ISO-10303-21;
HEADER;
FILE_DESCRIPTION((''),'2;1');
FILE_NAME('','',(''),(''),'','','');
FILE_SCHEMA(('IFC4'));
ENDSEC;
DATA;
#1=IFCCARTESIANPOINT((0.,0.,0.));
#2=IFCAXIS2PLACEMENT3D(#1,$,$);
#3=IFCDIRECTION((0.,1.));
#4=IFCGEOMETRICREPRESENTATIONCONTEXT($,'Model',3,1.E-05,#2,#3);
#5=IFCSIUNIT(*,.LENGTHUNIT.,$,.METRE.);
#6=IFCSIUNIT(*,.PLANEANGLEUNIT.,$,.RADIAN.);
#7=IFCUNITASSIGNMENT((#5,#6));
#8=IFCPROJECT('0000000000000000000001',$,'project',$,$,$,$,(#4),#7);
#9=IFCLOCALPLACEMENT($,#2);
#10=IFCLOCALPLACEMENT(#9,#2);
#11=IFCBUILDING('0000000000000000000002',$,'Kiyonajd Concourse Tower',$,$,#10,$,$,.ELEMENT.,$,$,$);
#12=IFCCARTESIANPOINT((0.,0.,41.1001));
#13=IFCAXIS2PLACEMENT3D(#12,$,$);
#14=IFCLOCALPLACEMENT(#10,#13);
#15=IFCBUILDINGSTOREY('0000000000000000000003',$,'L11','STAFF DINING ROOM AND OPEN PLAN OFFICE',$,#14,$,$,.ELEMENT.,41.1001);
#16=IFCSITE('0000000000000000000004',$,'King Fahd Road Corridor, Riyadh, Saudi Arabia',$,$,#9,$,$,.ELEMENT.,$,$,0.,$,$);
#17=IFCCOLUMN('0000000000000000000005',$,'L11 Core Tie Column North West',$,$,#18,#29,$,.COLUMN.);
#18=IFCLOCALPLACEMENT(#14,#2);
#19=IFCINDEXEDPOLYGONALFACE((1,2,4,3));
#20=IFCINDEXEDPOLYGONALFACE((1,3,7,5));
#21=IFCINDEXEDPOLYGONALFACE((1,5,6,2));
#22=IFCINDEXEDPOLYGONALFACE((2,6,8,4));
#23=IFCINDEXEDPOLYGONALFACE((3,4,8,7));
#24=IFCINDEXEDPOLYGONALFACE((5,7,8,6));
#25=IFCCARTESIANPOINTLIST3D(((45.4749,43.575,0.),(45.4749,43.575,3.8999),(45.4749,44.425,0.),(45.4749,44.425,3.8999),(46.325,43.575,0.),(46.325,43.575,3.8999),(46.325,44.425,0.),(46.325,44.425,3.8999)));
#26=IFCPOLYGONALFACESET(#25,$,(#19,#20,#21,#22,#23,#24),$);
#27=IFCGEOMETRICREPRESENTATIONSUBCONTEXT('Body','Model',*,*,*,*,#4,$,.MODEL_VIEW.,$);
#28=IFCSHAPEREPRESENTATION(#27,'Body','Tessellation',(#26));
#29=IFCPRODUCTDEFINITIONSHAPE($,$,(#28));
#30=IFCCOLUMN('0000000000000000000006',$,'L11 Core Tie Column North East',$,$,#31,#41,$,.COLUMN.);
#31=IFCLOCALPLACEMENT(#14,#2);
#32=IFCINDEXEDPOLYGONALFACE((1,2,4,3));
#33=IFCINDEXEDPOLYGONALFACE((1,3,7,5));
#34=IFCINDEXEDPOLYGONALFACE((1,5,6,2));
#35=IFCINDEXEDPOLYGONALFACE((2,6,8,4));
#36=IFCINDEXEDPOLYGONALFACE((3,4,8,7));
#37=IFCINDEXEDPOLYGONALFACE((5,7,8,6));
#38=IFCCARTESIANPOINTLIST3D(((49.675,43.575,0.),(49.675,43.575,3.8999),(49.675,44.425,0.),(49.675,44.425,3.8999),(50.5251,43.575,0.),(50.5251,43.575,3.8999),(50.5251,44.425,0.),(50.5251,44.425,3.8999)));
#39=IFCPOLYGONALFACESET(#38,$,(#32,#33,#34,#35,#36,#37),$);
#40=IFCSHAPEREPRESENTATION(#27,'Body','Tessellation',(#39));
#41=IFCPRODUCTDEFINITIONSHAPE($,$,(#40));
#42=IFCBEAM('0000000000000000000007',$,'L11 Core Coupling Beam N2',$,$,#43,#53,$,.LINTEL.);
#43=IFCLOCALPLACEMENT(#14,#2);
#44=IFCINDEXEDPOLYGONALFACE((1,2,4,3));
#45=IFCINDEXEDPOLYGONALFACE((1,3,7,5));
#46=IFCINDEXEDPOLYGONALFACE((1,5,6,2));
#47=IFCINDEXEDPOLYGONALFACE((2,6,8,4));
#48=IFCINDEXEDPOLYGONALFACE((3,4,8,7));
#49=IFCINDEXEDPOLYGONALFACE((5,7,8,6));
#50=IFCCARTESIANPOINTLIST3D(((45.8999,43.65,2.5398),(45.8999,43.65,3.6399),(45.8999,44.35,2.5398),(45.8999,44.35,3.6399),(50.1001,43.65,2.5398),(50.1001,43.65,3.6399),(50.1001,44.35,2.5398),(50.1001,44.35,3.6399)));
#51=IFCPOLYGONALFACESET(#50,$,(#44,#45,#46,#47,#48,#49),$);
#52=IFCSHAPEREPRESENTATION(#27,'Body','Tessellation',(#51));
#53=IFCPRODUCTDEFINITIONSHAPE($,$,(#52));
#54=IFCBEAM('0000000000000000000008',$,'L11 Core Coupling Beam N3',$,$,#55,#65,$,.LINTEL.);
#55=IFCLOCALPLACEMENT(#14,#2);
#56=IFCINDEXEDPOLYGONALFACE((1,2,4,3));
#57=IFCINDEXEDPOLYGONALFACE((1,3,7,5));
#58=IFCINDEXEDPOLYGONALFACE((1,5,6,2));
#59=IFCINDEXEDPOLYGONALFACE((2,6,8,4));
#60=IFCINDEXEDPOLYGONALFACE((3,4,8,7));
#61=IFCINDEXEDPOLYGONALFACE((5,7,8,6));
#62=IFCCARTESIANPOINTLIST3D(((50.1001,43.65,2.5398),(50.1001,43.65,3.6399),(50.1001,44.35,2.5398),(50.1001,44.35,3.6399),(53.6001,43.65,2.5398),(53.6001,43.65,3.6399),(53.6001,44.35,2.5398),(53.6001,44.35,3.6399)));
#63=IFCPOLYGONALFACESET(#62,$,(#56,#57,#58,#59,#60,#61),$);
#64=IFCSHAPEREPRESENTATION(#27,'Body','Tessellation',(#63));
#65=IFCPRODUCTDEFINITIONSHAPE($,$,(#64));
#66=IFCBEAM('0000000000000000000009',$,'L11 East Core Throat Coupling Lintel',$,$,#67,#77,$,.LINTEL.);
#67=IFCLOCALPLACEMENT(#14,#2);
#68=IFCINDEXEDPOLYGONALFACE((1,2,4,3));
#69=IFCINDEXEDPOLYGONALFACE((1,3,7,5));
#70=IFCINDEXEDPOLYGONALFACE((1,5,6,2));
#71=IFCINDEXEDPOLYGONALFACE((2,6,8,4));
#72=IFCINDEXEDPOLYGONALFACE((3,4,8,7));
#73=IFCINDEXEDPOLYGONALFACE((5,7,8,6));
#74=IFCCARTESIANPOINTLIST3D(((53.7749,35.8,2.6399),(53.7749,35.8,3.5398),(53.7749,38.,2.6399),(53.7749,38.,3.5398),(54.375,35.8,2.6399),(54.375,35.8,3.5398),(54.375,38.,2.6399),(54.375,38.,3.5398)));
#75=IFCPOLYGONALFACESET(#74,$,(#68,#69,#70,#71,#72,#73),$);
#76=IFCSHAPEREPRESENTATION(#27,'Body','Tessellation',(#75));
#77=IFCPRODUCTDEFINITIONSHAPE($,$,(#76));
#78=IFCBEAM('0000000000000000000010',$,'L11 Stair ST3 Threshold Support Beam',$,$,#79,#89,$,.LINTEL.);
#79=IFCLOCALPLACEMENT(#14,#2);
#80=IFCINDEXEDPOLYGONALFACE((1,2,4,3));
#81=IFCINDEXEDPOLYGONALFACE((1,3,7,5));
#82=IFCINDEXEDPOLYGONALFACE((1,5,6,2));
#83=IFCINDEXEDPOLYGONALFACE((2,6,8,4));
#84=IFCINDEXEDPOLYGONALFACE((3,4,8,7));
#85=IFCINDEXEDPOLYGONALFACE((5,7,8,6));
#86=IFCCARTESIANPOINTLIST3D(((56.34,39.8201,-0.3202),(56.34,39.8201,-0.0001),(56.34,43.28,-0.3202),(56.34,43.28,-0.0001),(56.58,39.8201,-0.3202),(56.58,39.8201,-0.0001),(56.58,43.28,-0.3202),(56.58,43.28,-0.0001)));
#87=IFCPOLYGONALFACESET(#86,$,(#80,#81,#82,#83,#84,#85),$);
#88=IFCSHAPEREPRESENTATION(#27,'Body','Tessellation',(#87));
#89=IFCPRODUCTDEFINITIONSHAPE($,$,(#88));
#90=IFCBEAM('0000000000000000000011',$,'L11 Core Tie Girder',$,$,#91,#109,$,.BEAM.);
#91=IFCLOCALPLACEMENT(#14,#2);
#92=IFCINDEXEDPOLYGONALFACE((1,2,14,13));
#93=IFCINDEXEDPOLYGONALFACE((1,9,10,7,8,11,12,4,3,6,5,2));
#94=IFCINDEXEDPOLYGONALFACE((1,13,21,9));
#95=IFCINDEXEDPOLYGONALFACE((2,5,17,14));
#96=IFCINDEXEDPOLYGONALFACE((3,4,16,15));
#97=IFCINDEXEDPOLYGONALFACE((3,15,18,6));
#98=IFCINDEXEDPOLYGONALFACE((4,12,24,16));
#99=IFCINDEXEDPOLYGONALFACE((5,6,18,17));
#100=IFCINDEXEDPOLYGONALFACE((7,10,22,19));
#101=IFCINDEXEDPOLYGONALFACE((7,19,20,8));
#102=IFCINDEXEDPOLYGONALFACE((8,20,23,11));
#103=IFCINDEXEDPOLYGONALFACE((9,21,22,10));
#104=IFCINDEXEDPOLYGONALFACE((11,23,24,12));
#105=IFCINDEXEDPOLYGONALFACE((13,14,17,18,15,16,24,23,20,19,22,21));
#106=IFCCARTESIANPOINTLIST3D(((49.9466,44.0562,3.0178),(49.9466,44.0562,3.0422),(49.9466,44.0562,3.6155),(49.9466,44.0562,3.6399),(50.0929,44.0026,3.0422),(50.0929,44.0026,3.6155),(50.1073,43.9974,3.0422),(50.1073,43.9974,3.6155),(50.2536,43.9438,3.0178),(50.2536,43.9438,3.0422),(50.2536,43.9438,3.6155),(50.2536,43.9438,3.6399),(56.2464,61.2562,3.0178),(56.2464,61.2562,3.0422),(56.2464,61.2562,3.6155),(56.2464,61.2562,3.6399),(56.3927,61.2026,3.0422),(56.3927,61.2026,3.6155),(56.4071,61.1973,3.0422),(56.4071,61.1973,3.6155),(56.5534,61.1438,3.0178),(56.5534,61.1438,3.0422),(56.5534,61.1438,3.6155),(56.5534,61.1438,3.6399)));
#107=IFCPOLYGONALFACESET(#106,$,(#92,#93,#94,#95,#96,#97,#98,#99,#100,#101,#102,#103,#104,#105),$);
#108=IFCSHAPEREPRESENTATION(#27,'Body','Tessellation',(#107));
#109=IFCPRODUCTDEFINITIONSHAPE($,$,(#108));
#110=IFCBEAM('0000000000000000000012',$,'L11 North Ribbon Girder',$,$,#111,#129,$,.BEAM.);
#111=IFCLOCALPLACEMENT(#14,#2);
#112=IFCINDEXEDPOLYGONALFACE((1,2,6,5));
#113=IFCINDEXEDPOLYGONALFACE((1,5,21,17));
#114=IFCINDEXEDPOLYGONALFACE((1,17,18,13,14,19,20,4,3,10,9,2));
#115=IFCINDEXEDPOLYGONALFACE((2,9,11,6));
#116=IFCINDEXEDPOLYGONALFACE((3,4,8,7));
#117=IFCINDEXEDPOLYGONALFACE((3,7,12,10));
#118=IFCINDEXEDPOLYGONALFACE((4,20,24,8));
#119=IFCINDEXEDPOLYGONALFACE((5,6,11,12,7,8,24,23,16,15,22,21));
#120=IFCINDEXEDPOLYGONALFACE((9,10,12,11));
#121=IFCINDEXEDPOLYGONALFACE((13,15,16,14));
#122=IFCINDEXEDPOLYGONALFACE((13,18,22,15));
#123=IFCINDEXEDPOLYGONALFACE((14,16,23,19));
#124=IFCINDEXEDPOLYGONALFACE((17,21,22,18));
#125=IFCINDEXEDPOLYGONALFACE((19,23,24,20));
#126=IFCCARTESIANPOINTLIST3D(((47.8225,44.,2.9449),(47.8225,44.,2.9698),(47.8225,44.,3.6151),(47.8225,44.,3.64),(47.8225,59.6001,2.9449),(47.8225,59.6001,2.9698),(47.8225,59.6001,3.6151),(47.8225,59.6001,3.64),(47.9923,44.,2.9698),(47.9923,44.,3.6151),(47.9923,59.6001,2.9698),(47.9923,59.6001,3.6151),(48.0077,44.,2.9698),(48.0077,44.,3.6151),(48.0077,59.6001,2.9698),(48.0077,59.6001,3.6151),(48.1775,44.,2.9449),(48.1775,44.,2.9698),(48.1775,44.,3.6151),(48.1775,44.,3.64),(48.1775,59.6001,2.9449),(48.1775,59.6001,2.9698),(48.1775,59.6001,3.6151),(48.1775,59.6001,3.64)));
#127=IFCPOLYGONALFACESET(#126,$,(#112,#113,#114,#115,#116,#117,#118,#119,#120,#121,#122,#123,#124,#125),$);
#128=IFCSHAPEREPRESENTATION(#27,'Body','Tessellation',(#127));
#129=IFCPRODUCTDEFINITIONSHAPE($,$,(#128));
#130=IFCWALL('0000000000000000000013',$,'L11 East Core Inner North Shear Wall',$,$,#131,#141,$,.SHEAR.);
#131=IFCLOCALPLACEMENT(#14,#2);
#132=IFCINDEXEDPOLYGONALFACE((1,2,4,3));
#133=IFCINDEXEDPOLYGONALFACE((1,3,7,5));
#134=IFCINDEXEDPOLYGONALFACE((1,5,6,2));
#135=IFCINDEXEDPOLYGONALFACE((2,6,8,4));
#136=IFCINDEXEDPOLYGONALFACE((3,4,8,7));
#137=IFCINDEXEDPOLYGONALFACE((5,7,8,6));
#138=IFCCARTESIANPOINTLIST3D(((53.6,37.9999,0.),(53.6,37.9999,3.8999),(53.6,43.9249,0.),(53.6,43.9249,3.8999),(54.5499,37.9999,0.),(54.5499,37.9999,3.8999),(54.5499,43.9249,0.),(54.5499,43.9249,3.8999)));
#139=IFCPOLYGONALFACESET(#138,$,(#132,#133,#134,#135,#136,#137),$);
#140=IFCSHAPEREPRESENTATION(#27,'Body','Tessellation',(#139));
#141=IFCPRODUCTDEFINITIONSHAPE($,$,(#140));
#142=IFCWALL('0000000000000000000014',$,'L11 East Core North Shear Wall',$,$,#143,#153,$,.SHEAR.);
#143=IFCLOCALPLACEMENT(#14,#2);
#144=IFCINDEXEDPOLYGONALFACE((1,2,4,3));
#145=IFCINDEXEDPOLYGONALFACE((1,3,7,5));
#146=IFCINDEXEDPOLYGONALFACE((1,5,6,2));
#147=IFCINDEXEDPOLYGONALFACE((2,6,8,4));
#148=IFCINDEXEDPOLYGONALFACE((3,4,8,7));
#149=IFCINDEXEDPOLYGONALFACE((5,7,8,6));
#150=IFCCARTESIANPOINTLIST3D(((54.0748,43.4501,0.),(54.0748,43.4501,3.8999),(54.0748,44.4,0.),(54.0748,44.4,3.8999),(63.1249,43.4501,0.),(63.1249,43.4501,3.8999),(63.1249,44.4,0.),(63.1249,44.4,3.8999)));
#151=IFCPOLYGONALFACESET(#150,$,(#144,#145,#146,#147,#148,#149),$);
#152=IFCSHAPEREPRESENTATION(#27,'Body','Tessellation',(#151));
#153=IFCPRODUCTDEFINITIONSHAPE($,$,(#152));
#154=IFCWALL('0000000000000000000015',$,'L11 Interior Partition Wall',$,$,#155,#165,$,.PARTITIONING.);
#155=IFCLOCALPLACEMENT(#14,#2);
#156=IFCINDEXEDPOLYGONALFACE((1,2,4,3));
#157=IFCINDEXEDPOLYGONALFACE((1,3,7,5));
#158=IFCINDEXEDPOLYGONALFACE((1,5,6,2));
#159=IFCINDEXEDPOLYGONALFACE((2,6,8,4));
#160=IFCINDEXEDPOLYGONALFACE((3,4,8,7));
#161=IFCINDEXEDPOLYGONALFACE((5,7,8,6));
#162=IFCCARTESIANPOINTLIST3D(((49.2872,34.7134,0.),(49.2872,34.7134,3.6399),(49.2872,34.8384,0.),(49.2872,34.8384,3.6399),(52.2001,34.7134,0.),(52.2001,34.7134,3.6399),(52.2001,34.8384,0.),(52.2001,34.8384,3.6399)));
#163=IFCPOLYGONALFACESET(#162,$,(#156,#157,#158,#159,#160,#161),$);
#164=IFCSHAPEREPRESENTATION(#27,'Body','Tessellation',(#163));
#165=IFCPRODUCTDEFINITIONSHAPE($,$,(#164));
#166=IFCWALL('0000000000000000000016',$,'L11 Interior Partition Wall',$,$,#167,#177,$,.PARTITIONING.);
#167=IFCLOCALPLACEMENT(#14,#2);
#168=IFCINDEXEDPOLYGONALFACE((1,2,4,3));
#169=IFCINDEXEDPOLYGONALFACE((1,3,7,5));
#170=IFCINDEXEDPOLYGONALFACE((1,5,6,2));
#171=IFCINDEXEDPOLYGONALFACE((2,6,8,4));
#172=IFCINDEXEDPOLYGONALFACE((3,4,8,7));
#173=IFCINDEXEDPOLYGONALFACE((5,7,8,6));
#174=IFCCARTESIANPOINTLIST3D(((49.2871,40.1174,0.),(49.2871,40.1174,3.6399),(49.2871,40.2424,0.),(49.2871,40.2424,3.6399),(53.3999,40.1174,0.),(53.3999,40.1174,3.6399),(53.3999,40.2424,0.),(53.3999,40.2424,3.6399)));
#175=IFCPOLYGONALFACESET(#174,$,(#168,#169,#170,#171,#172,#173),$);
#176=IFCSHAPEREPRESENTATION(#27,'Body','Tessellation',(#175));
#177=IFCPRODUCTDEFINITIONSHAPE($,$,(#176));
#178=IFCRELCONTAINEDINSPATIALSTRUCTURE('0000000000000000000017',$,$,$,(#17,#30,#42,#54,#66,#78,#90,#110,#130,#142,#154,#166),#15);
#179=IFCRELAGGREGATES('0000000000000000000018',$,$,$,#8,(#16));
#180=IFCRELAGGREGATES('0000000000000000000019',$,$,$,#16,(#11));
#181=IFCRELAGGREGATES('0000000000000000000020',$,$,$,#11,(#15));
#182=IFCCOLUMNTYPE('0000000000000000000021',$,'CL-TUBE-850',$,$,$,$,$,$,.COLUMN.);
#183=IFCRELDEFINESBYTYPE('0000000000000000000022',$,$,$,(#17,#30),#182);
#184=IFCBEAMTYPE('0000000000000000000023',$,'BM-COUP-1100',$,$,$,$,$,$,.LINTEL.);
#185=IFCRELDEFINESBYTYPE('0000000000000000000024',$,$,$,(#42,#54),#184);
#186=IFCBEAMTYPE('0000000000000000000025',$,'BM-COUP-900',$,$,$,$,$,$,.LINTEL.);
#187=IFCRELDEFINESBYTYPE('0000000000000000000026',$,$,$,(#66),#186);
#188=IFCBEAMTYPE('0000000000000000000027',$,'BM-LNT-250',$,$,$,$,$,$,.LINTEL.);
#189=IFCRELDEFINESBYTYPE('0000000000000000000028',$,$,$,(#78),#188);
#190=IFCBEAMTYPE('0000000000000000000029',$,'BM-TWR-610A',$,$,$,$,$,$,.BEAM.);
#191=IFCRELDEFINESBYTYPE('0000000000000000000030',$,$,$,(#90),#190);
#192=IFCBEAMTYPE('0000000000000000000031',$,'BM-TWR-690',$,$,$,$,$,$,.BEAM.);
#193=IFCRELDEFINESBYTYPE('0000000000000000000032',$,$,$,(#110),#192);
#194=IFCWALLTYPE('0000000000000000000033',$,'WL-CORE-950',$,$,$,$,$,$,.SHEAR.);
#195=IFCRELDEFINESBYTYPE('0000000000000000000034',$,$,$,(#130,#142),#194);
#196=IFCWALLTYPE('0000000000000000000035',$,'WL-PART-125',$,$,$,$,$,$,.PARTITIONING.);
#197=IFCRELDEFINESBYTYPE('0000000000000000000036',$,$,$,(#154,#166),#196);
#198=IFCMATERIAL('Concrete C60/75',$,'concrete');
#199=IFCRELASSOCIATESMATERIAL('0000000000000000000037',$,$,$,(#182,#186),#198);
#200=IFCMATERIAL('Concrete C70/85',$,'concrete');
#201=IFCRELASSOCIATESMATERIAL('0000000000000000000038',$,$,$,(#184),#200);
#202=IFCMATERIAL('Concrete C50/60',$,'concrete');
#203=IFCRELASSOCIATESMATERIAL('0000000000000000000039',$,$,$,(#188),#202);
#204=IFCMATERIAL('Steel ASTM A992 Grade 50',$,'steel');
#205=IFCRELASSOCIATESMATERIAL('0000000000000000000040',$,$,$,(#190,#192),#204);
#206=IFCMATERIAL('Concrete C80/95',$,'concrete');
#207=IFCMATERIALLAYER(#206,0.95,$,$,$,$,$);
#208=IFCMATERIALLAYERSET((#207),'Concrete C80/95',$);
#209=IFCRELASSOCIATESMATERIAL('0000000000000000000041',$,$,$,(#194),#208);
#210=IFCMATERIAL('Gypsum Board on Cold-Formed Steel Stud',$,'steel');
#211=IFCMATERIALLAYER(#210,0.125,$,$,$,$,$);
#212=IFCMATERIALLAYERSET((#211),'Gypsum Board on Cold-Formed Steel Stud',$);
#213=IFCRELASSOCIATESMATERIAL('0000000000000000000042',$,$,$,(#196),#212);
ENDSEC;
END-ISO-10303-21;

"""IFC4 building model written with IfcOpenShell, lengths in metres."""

from ifc_helpers import new_model, si_unit, direction, frame, frame_2d, origin, origin_2d, place, context, subcontext, project, spatial, rectangle, i_section, extrude, material, layer, layer_set, material_profile, profile_set, type_object, element, save


model = new_model("IFC4")

# Units and contexts
model_context = context("Model", 3, precision=1e-05, world=origin(), true_north=direction((0.0, 1.0)))
body_context = subcontext(model_context, "Body", "Model", "MODEL_VIEW")
ifc_project = project(units=[si_unit("LENGTHUNIT", "METRE"), si_unit("PLANEANGLEUNIT", "RADIAN")], contexts=[model_context])

# Site, building, storey
site_placement = place(None, origin())
site = spatial("IfcSite", under=ifc_project, at=site_placement, Name="King Fahd Road Corridor, Riyadh, Saudi Arabia", CompositionType="ELEMENT", RefElevation=0.0)
building_placement = place(site_placement, origin())
building = spatial("IfcBuilding", under=site, at=building_placement, Name="Kiyonajd Concourse Tower", CompositionType="ELEMENT")
storey_placement = place(building_placement, frame((0.0, 0.0, 41.1001)))
storey = spatial("IfcBuildingStorey", under=building, at=storey_placement, Name="L11", Description="STAFF DINING ROOM AND OPEN PLAN OFFICE", CompositionType="ELEMENT", Elevation=41.1001)

# Columns
ifc_material_1 = material(Name="Concrete C60/75", Category="concrete")
ifc_material_profile_1 = material_profile(ifc_material_1, rectangle(XDim=0.8501, YDim=0.8501, at=origin_2d()), Name="RC-850x850")
ifc_profile_set_1 = profile_set([ifc_material_profile_1], Name="Concrete C60/75")
column_type = type_object("IfcColumnType", Name="CL-TUBE-850", PredefinedType="COLUMN", material=ifc_profile_set_1)
for number, where, z_axis, x_axis, name in (
    (1, (45.8999, 44.0, 0.0), (0.0, 0.0, 1.0), (1.0, 0.0, 0.0), "L11 Core Tie Column North West"),
    (2, (50.1001, 44.0, 0.0), (0.0, 0.0, 1.0), (1.0, 0.0, 0.0), "L11 Core Tie Column North East"),
):
    element("IfcColumn", number, at=place(storey_placement, frame(where, z_axis=z_axis, x_axis=x_axis)), inside=storey, type_object=column_type, Name=name, PredefinedType="COLUMN", context=body_context, shape_type="SweptSolid", body=[
        extrude(rectangle(XDim=0.8501, YDim=0.8501, at=origin_2d()), origin(), (0.0, 0.0, 1.0), 3.8999),
    ])

# Beams
ifc_material_2 = material(Name="Concrete C70/85", Category="concrete")
ifc_material_profile_2 = material_profile(ifc_material_2, rectangle(XDim=0.7, YDim=1.1001, at=origin_2d()), Name="RCBM-700x1100")
ifc_profile_set_2 = profile_set([ifc_material_profile_2], Name="Concrete C70/85")
beam_type_1 = type_object("IfcBeamType", Name="BM-COUP-1100", PredefinedType="LINTEL", material=ifc_profile_set_2)
beam_1_placement = place(storey_placement, frame((45.8999, 44.0, 3.0898), z_axis=(1.0, 0.0, 0.0), x_axis=(0.0, 1.0, 0.0)))
element("IfcBeam", 3, at=beam_1_placement, inside=storey, type_object=beam_type_1, Name="L11 Core Coupling Beam N2", PredefinedType="LINTEL", context=body_context, shape_type="SweptSolid", body=[
    extrude(rectangle(XDim=0.7, YDim=1.1001, at=origin_2d()), origin(), (0.0, 0.0, 1.0), 4.2002),
])
beam_2_placement = place(storey_placement, frame((50.1001, 44.0, 3.0898), z_axis=(1.0, 0.0, 0.0), x_axis=(0.0, 1.0, 0.0)))
element("IfcBeam", 4, at=beam_2_placement, inside=storey, type_object=beam_type_1, Name="L11 Core Coupling Beam N3", PredefinedType="LINTEL", context=body_context, shape_type="SweptSolid", body=[
    extrude(rectangle(XDim=0.7, YDim=1.1001, at=origin_2d()), origin(), (0.0, 0.0, 1.0), 3.5),
])
ifc_material_profile_3 = material_profile(ifc_material_1, rectangle(XDim=0.6001, YDim=0.8999, at=origin_2d()), Name="RCBM-600x900")
ifc_profile_set_3 = profile_set([ifc_material_profile_3], Name="Concrete C60/75")
beam_type_2 = type_object("IfcBeamType", Name="BM-COUP-900", PredefinedType="LINTEL", material=ifc_profile_set_3)
beam_3_placement = place(storey_placement, frame((54.075, 35.8, 3.0898), z_axis=(0.0, 1.0, 0.0), x_axis=(-1.0, 0.0, 0.0)))
element("IfcBeam", 5, at=beam_3_placement, inside=storey, type_object=beam_type_2, Name="L11 East Core Throat Coupling Lintel", PredefinedType="LINTEL", context=body_context, shape_type="SweptSolid", body=[
    extrude(rectangle(XDim=0.6001, YDim=0.8999, at=origin_2d()), origin(), (0.0, 0.0, 1.0), 2.2),
])
ifc_material_3 = material(Name="Concrete C50/60", Category="concrete")
ifc_material_profile_4 = material_profile(ifc_material_3, rectangle(XDim=0.24, YDim=0.3201, at=origin_2d()), Name="RCBM-240x320")
ifc_profile_set_4 = profile_set([ifc_material_profile_4], Name="Concrete C50/60")
beam_type_3 = type_object("IfcBeamType", Name="BM-LNT-250", PredefinedType="LINTEL", material=ifc_profile_set_4)
beam_4_placement = place(storey_placement, frame((56.46, 39.8201, -0.1602), z_axis=(0.0, 1.0, 0.0), x_axis=(-1.0, 0.0, 0.0)))
element("IfcBeam", 6, at=beam_4_placement, inside=storey, type_object=beam_type_3, Name="L11 Stair ST3 Threshold Support Beam", PredefinedType="LINTEL", context=body_context, shape_type="SweptSolid", body=[
    extrude(rectangle(XDim=0.24, YDim=0.3201, at=origin_2d()), origin(), (0.0, 0.0, 1.0), 3.46),
])
ifc_material_4 = material(Name="Steel ASTM A992 Grade 50", Category="steel")
ifc_material_profile_5 = material_profile(ifc_material_4, i_section(OverallWidth=0.3269, OverallDepth=0.6221, WebThickness=0.0154, FlangeThickness=0.0244, at=origin_2d()), Name="W610X195")
ifc_profile_set_5 = profile_set([ifc_material_profile_5], Name="Steel ASTM A992 Grade 50")
beam_type_4 = type_object("IfcBeamType", Name="BM-TWR-610A", PredefinedType="BEAM", material=ifc_profile_set_5)
beam_5_placement = place(storey_placement, frame((50.1001, 44.0, 3.3289), z_axis=(0.343925, 0.938997, 0.0), x_axis=(-0.938997, 0.343925, 0.0)))
element("IfcBeam", 7, at=beam_5_placement, inside=storey, type_object=beam_type_4, Name="L11 Core Tie Girder", PredefinedType="BEAM", context=body_context, shape_type="SweptSolid", body=[
    extrude(i_section(OverallWidth=0.3269, OverallDepth=0.6221, WebThickness=0.0154, FlangeThickness=0.0244, at=origin_2d()), origin(), (0.0, 0.0, 1.0), 18.3174),
])
ifc_material_profile_6 = material_profile(ifc_material_4, i_section(OverallWidth=0.355, OverallDepth=0.6951, WebThickness=0.0154, FlangeThickness=0.0249, at=origin_2d()), Name="W690X217")
ifc_profile_set_6 = profile_set([ifc_material_profile_6], Name="Steel ASTM A992 Grade 50")
beam_type_5 = type_object("IfcBeamType", Name="BM-TWR-690", PredefinedType="BEAM", material=ifc_profile_set_6)
beam_6_placement = place(storey_placement, frame((48.0, 44.0, 3.2925), z_axis=(0.0, 1.0, 0.0), x_axis=(-1.0, 0.0, 0.0)))
element("IfcBeam", 8, at=beam_6_placement, inside=storey, type_object=beam_type_5, Name="L11 North Ribbon Girder", PredefinedType="BEAM", context=body_context, shape_type="SweptSolid", body=[
    extrude(i_section(OverallWidth=0.355, OverallDepth=0.6951, WebThickness=0.0154, FlangeThickness=0.0249, at=origin_2d()), origin(), (0.0, 0.0, 1.0), 15.6001),
])

# Walls
ifc_material_5 = material(Name="Concrete C80/95", Category="concrete")
ifc_layer_1 = layer(ifc_material_5, 0.95)
ifc_layer_set_1 = layer_set([ifc_layer_1], Name="Concrete C80/95")
wall_type_1 = type_object("IfcWallType", Name="WL-CORE-950", PredefinedType="SHEAR", material=ifc_layer_set_1)
wall_1_placement = place(storey_placement, frame((54.075, 38.0, 0.0), z_axis=(0.0, 0.0, 1.0), x_axis=(0.0, 1.0, 0.0)))
element("IfcWall", 9, at=wall_1_placement, inside=storey, type_object=wall_type_1, Name="L11 East Core Inner North Shear Wall", PredefinedType="SHEAR", context=body_context, shape_type="SweptSolid", body=[
    extrude(rectangle(XDim=5.925, YDim=0.95, at=frame_2d((2.9624, 0.0))), origin(), (0.0, 0.0, 1.0), 3.8999),
])
wall_2_placement = place(storey_placement, frame((54.075, 43.925, 0.0), z_axis=(0.0, 0.0, 1.0), x_axis=(1.0, 0.0, 0.0)))
element("IfcWall", 10, at=wall_2_placement, inside=storey, type_object=wall_type_1, Name="L11 East Core North Shear Wall", PredefinedType="SHEAR", context=body_context, shape_type="SweptSolid", body=[
    extrude(rectangle(XDim=9.05, YDim=0.95, at=frame_2d((4.5249, 0.0))), origin(), (0.0, 0.0, 1.0), 3.8999),
])
ifc_material_6 = material(Name="Gypsum Board on Cold-Formed Steel Stud", Category="steel")
ifc_layer_2 = layer(ifc_material_6, 0.125)
ifc_layer_set_2 = layer_set([ifc_layer_2], Name="Gypsum Board on Cold-Formed Steel Stud")
wall_type_2 = type_object("IfcWallType", Name="WL-PART-125", PredefinedType="PARTITIONING", material=ifc_layer_set_2)
wall_3_placement = place(storey_placement, frame((49.2871, 34.7759, 0.0), z_axis=(0.0, 0.0, 1.0), x_axis=(1.0, 0.0, 0.0)))
element("IfcWall", 11, at=wall_3_placement, inside=storey, type_object=wall_type_2, Name="L11 Interior Partition Wall", PredefinedType="PARTITIONING", context=body_context, shape_type="SweptSolid", body=[
    extrude(rectangle(XDim=2.9128, YDim=0.125, at=frame_2d((1.4565, 0.0))), origin(), (0.0, 0.0, 1.0), 3.6399),
])
wall_4_placement = place(storey_placement, frame((49.2871, 40.1799, 0.0), z_axis=(0.0, 0.0, 1.0), x_axis=(1.0, 0.0, 0.0)))
element("IfcWall", 12, at=wall_4_placement, inside=storey, type_object=wall_type_2, Name="L11 Interior Partition Wall", PredefinedType="PARTITIONING", context=body_context, shape_type="SweptSolid", body=[
    extrude(rectangle(XDim=4.1128, YDim=0.125, at=frame_2d((2.0564, 0.0))), origin(), (0.0, 0.0, 1.0), 3.6399),
])

save(model, "model.ifc")
